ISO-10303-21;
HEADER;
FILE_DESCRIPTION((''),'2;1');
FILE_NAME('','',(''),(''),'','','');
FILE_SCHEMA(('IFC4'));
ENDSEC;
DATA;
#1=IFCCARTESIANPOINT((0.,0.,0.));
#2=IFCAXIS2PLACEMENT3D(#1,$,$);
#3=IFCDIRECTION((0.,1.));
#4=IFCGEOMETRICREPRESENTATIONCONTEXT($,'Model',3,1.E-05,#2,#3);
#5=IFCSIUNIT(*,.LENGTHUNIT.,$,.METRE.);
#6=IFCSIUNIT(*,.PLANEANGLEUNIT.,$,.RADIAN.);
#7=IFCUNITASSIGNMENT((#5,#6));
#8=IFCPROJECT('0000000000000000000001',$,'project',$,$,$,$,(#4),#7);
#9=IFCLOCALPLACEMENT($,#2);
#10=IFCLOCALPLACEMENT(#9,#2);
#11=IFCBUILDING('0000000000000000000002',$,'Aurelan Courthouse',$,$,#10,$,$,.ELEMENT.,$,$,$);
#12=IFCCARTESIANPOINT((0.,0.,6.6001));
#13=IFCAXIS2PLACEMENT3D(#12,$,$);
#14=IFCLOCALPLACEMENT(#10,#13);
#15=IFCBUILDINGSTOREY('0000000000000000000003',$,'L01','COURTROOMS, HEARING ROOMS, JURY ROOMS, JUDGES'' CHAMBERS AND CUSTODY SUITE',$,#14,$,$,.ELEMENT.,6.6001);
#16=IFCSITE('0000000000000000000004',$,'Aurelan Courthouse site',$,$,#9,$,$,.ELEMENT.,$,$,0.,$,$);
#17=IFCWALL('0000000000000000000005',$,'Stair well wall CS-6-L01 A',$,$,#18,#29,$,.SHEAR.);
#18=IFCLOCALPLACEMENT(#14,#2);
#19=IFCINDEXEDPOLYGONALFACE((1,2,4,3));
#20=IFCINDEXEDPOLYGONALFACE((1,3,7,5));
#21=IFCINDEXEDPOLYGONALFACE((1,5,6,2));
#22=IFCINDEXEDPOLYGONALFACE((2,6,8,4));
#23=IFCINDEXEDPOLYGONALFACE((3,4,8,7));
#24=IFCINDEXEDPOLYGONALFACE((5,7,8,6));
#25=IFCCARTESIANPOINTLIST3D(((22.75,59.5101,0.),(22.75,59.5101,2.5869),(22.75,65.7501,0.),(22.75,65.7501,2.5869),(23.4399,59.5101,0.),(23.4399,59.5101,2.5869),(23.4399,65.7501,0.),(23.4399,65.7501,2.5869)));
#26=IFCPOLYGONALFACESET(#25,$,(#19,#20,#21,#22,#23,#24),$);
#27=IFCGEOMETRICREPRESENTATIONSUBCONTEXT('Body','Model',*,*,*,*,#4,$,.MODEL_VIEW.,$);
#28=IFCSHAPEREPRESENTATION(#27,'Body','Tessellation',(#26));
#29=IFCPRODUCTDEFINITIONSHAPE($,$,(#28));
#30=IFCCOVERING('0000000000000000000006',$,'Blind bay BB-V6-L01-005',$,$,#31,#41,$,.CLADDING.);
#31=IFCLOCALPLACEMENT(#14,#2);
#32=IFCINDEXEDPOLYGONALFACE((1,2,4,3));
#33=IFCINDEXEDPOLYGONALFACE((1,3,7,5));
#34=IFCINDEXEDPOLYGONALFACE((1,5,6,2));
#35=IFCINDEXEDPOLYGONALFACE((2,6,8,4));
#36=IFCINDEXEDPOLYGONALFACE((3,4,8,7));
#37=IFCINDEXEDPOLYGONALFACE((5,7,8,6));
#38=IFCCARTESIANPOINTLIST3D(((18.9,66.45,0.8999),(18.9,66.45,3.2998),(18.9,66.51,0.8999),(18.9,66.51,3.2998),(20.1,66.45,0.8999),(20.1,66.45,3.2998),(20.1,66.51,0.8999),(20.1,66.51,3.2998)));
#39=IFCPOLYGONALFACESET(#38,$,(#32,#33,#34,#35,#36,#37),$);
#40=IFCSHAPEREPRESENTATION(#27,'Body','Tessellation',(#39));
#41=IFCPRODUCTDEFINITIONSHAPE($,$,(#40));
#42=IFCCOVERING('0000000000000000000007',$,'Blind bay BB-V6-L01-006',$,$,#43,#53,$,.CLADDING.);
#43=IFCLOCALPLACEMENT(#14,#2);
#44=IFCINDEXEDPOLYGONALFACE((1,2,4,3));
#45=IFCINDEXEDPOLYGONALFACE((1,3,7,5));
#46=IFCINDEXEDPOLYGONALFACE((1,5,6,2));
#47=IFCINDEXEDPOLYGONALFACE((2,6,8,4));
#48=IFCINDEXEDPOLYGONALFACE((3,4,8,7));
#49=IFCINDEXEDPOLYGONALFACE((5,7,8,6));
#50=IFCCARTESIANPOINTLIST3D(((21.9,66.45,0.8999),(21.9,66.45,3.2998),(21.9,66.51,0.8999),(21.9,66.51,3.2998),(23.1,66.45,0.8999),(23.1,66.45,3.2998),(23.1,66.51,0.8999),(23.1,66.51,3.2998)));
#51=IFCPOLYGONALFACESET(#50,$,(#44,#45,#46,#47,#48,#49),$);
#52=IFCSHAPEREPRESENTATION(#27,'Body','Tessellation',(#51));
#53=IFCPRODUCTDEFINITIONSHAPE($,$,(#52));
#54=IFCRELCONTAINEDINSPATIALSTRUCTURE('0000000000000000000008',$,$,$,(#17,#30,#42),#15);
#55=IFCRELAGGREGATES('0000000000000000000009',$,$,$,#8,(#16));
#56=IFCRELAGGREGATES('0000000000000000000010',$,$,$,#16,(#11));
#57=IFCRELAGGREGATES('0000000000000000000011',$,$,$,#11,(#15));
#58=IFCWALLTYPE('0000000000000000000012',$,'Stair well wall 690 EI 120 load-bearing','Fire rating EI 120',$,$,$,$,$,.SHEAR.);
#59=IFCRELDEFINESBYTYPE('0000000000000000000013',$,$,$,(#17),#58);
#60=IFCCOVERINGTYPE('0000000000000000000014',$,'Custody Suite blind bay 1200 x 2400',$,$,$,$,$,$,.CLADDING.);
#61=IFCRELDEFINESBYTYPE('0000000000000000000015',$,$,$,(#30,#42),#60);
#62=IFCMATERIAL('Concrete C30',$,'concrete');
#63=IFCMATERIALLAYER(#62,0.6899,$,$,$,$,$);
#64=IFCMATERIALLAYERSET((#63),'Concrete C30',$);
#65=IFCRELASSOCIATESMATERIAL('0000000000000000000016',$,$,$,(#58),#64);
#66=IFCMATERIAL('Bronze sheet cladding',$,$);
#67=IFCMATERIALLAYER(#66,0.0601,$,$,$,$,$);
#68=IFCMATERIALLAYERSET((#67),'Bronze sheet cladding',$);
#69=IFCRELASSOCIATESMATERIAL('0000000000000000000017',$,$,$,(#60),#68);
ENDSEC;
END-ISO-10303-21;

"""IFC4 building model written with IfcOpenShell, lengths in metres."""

from ifc_helpers import new_model, si_unit, direction, frame, frame_2d, origin, origin_2d, place, context, subcontext, project, spatial, rectangle, extrude, material, layer, layer_set, type_object, element, save


model = new_model("IFC4")

# Units and contexts
model_context = context("Model", 3, precision=1e-05, world=origin(), true_north=direction((0.0, 1.0)))
body_context = subcontext(model_context, "Body", "Model", "MODEL_VIEW")
ifc_project = project(units=[si_unit("LENGTHUNIT", "METRE"), si_unit("PLANEANGLEUNIT", "RADIAN")], contexts=[model_context])

# Site, building, storey
site_placement = place(None, origin())
site = spatial("IfcSite", under=ifc_project, at=site_placement, Name="Aurelan Courthouse site", CompositionType="ELEMENT", RefElevation=0.0)
building_placement = place(site_placement, origin())
building = spatial("IfcBuilding", under=site, at=building_placement, Name="Aurelan Courthouse", CompositionType="ELEMENT")
storey_placement = place(building_placement, frame((0.0, 0.0, 6.6001)))
storey = spatial("IfcBuildingStorey", under=building, at=storey_placement, Name="L01", Description="COURTROOMS, HEARING ROOMS, JURY ROOMS, JUDGES' CHAMBERS AND CUSTODY SUITE", CompositionType="ELEMENT", Elevation=6.6001)

# Shared definitions
ifc_material_1 = material(Name="Concrete C30", Category="concrete")

# Wall
ifc_layer_1 = layer(ifc_material_1, 0.6899)
ifc_layer_set_1 = layer_set([ifc_layer_1], Name="Concrete C30")
wall_type_1 = type_object("IfcWallType", Name="Stair well wall 690 EI 120 load-bearing", Description="Fire rating EI 120", PredefinedType="SHEAR", material=ifc_layer_set_1)
wall_1_placement = place(storey_placement, frame((23.095, 59.51, 0.0), z_axis=(0.0, 0.0, 1.0), x_axis=(0.0, 1.0, 0.0)))
element("IfcWall", 1, at=wall_1_placement, inside=storey, type_object=wall_type_1, Name="Stair well wall CS-6-L01 A", PredefinedType="SHEAR", context=body_context, shape_type="SweptSolid", body=[
    extrude(rectangle(XDim=6.24, YDim=0.6899, at=frame_2d((3.1201, 0.0))), origin(), (0.0, 0.0, 1.0), 2.5869),
])

# Coverings
ifc_material_2 = material(Name="Bronze sheet cladding")
ifc_layer_2 = layer(ifc_material_2, 0.0601)
ifc_layer_set_2 = layer_set([ifc_layer_2], Name="Bronze sheet cladding")
covering_type = type_object("IfcCoveringType", Name="Custody Suite blind bay 1200 x 2400", PredefinedType="CLADDING", material=ifc_layer_set_2)
for number, where, z_axis, x_axis, name in (
    (2, (19.5, 66.48, 0.8999), (0.0, 0.0, 1.0), (1.0, 0.0, 0.0), "Blind bay BB-V6-L01-005"),
    (3, (22.5, 66.48, 0.8999), (0.0, 0.0, 1.0), (1.0, 0.0, 0.0), "Blind bay BB-V6-L01-006"),
):
    element("IfcCovering", number, at=place(storey_placement, frame(where, z_axis=z_axis, x_axis=x_axis)), inside=storey, type_object=covering_type, Name=name, PredefinedType="CLADDING", context=body_context, shape_type="SweptSolid", body=[
        extrude(rectangle(XDim=1.2, YDim=0.0601, at=origin_2d()), origin(), (0.0, 0.0, 1.0), 2.3999),
    ])

save(model, "model.ifc")
